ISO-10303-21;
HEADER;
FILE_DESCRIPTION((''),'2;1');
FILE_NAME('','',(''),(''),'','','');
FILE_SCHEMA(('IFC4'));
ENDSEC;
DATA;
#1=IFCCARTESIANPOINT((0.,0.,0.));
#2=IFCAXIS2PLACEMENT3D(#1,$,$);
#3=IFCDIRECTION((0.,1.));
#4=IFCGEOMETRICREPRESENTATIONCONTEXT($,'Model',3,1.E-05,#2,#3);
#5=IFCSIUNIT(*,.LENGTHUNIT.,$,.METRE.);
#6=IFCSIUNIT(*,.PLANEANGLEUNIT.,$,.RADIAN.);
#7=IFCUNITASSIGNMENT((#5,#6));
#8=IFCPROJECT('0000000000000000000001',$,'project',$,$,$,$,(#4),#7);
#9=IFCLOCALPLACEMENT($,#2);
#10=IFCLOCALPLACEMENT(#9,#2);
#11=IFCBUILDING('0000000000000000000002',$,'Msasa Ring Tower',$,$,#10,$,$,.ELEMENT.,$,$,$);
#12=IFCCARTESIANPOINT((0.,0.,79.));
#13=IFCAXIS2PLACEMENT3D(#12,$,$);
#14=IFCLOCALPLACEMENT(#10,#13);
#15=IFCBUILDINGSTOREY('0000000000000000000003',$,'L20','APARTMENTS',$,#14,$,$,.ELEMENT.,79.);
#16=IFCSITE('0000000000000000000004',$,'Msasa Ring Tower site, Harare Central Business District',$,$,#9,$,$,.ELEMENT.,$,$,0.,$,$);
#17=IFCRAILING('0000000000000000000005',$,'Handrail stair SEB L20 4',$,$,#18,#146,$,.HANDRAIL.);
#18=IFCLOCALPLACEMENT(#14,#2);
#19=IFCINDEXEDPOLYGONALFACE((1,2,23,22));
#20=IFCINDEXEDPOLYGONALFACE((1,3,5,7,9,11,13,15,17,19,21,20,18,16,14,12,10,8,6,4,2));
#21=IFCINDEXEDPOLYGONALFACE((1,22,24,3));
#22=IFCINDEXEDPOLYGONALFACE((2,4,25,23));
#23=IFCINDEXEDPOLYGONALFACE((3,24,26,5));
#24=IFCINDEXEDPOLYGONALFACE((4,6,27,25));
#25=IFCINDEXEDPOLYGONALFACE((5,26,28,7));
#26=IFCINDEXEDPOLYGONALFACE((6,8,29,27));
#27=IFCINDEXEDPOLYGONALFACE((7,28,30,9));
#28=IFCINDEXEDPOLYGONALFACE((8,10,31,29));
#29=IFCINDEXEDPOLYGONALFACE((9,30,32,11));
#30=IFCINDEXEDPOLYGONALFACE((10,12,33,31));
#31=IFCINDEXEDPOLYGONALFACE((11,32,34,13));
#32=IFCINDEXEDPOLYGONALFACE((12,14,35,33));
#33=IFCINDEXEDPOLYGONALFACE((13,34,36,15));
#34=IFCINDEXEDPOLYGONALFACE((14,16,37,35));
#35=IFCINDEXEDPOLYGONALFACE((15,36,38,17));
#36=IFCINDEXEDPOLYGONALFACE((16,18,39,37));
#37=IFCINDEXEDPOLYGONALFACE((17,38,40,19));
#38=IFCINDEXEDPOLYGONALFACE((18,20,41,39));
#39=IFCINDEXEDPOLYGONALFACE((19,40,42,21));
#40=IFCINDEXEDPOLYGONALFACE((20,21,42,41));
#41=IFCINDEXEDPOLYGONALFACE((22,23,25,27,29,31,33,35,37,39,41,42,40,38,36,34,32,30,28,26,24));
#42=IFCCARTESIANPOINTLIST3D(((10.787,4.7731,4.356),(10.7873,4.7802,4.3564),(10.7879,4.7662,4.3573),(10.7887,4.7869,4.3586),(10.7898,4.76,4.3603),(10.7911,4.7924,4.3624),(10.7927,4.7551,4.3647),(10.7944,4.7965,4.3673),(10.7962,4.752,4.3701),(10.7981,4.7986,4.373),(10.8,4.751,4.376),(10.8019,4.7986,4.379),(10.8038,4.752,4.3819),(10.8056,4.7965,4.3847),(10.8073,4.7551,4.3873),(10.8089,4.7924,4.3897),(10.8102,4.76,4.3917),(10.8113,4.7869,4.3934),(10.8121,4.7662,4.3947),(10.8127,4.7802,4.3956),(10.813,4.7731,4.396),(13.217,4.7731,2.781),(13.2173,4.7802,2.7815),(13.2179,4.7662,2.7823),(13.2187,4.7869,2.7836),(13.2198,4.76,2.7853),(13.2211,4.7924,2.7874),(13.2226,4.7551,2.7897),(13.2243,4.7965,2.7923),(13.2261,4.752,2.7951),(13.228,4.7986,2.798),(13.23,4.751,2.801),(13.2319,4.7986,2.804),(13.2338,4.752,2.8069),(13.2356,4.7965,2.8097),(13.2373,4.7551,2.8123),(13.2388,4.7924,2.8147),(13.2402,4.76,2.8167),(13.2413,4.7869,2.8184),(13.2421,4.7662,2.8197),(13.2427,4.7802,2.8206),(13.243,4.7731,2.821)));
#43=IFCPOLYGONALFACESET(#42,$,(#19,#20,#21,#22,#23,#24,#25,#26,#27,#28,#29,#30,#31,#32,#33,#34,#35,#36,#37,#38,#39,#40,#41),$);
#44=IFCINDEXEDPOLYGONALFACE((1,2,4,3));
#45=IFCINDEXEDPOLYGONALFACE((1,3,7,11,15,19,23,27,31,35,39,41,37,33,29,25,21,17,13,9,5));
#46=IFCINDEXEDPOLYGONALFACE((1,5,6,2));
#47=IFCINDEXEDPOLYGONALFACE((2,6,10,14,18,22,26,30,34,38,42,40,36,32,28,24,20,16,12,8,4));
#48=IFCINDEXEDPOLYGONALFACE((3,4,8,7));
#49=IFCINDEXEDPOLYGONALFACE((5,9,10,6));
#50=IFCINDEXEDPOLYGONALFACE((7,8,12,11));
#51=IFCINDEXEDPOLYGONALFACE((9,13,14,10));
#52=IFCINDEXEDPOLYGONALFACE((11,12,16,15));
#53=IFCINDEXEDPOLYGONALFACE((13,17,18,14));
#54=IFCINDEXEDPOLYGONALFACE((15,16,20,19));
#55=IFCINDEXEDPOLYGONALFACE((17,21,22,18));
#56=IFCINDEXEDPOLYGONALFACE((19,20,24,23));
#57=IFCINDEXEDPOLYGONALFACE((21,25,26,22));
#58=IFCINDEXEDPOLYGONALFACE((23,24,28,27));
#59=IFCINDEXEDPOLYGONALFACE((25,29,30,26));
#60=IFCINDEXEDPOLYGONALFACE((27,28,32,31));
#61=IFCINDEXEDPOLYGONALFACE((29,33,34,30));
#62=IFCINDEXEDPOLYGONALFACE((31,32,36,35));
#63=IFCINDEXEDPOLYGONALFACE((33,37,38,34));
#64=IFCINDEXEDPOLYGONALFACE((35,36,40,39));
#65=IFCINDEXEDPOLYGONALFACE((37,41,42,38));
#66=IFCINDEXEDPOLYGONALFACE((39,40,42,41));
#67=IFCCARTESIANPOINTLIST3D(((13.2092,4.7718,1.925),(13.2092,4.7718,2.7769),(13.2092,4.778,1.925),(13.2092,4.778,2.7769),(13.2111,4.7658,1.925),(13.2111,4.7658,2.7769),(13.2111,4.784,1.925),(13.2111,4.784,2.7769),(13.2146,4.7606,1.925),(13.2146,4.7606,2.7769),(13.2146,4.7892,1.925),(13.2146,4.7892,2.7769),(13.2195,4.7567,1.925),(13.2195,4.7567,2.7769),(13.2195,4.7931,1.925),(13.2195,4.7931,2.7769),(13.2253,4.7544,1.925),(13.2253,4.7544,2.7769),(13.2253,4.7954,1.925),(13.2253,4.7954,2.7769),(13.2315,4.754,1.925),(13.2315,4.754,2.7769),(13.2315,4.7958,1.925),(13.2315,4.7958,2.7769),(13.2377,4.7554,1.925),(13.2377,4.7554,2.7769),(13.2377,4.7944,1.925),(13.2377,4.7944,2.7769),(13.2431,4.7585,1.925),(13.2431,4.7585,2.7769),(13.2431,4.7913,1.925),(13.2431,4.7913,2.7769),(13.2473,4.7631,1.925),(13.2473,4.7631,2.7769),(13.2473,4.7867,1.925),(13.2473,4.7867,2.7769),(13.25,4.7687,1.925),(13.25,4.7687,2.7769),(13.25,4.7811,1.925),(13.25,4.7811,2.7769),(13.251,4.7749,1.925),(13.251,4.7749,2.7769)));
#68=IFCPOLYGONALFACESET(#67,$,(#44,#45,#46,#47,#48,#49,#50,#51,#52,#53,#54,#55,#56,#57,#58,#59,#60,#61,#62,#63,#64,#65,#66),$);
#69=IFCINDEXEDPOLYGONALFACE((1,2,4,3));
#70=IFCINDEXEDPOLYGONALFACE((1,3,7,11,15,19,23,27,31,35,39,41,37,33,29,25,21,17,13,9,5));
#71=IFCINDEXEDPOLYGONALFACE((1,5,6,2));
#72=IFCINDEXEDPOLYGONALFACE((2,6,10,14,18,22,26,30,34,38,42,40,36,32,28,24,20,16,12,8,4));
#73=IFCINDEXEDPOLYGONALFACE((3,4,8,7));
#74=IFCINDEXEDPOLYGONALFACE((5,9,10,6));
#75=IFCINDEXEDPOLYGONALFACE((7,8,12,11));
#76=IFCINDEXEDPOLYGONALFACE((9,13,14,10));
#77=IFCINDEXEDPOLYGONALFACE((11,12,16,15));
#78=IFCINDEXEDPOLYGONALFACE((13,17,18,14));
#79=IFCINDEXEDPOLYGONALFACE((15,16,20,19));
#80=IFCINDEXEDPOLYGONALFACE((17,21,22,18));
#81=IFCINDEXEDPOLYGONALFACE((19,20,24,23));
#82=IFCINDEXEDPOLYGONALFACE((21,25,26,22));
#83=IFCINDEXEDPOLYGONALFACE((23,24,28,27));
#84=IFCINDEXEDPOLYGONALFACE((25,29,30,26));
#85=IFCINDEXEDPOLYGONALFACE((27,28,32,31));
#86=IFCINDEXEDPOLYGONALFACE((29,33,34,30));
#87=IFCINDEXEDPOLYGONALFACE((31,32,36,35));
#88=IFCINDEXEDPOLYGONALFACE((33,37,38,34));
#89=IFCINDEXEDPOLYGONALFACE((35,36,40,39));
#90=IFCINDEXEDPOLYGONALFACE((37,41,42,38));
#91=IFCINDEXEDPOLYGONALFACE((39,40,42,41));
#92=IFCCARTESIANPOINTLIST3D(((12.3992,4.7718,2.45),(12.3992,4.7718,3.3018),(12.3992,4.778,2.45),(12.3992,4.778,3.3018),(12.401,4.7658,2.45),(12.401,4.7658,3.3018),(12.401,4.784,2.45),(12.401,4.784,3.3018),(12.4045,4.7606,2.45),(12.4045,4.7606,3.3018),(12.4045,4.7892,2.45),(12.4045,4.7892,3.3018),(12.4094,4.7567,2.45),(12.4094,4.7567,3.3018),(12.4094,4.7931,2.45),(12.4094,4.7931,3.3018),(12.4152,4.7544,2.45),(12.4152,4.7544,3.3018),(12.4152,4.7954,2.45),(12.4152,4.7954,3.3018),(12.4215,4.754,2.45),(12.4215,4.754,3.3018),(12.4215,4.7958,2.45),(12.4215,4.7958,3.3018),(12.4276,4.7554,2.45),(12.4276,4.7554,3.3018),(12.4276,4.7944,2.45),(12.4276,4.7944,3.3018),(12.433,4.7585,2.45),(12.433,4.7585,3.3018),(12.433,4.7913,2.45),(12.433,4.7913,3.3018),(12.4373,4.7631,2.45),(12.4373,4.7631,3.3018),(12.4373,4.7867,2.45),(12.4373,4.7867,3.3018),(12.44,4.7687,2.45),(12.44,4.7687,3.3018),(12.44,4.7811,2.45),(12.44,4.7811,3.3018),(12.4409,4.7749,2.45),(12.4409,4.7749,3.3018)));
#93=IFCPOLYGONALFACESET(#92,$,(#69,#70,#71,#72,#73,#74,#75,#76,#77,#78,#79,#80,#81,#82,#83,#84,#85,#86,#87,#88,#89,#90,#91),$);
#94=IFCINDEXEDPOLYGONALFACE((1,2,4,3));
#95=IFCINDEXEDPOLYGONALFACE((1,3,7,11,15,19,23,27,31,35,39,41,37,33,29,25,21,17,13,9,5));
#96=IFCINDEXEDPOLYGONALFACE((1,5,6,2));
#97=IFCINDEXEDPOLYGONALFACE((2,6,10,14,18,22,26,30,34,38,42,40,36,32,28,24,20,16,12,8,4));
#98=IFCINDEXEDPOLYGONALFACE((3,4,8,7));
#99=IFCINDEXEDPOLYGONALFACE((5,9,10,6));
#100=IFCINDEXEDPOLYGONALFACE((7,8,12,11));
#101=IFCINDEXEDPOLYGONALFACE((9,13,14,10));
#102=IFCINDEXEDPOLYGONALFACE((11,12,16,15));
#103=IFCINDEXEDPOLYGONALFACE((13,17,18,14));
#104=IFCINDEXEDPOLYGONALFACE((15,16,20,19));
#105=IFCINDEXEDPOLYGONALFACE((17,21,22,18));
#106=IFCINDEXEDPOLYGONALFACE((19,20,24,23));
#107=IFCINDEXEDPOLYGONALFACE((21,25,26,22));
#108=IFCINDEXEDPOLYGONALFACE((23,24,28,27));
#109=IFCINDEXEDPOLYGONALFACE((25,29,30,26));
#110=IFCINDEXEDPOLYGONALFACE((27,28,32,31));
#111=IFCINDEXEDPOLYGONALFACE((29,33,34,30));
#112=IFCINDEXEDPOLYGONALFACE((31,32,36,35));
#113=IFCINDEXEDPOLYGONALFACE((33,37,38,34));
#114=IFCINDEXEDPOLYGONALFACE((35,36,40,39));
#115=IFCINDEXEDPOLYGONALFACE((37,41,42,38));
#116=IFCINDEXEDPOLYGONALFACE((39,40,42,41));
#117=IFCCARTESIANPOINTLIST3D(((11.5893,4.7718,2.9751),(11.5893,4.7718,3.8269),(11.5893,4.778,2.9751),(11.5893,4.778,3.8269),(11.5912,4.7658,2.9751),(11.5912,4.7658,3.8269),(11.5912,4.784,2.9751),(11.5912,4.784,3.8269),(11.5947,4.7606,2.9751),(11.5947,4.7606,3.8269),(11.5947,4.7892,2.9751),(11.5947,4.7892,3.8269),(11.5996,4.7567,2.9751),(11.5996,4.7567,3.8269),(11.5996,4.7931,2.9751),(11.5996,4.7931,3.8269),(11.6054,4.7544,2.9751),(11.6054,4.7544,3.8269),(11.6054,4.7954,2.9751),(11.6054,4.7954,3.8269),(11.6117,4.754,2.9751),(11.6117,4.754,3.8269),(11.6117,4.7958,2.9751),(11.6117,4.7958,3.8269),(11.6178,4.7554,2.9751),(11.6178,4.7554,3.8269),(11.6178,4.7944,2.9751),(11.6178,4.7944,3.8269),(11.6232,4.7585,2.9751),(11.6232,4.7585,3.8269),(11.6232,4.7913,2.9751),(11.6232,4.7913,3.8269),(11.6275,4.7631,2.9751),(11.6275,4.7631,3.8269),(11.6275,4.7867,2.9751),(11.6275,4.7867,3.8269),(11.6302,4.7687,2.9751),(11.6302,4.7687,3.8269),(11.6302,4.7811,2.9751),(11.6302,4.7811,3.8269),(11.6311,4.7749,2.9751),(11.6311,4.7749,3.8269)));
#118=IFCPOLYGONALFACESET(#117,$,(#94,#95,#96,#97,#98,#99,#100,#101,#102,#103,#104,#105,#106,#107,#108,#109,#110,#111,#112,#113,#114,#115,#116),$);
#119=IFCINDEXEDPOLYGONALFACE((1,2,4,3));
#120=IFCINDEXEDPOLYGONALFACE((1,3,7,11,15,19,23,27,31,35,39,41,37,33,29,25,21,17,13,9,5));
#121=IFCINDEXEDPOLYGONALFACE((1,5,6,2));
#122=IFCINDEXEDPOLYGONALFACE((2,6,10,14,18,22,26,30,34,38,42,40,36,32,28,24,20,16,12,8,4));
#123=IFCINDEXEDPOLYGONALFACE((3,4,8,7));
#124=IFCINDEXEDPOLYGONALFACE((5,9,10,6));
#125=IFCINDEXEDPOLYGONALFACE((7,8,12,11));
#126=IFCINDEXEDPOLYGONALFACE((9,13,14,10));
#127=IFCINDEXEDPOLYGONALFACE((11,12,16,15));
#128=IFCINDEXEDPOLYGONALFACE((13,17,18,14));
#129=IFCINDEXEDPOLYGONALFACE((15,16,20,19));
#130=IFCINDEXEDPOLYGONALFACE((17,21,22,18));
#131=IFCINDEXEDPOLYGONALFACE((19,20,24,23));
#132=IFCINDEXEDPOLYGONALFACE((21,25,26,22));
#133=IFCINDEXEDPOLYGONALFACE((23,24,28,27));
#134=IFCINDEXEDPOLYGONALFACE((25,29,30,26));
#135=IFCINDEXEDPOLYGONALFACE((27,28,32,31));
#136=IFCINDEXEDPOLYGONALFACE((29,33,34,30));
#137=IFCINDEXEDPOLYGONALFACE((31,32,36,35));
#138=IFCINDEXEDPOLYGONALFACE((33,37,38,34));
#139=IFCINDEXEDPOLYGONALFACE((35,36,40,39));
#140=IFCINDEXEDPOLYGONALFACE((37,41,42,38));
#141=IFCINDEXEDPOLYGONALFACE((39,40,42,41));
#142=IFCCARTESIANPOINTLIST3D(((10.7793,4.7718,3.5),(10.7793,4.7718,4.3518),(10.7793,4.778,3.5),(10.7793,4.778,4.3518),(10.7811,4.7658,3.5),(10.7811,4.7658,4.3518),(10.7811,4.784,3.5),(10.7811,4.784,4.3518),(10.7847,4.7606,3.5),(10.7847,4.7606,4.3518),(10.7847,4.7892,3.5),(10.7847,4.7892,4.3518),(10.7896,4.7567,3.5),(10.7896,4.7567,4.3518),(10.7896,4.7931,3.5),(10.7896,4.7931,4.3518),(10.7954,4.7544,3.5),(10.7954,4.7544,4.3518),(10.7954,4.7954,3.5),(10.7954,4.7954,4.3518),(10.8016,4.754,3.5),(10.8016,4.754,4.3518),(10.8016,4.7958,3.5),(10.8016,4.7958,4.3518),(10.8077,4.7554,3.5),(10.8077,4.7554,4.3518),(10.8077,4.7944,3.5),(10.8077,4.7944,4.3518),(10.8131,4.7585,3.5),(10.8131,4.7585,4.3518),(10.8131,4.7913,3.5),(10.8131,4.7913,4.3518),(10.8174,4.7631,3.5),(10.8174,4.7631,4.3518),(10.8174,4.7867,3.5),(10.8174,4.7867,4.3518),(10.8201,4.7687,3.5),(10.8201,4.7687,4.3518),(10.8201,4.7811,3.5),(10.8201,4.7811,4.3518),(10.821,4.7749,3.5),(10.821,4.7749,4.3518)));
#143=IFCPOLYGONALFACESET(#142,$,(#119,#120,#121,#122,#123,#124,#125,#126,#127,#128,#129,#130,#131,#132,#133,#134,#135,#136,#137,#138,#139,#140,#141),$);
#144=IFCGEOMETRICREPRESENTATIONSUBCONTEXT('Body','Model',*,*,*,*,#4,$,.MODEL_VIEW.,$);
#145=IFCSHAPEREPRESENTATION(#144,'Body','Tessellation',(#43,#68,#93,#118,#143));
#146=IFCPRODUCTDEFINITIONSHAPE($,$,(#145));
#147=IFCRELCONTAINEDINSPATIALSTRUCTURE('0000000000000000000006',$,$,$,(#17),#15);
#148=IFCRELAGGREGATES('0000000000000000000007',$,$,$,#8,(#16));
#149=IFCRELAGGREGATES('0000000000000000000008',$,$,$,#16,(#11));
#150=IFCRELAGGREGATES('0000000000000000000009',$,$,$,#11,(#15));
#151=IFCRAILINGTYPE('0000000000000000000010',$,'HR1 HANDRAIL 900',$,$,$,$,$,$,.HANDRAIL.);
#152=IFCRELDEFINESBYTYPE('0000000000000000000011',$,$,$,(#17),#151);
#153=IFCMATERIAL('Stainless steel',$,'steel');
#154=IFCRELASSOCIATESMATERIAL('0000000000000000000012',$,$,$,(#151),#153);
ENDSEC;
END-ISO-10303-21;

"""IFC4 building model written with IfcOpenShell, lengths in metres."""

from ifc_helpers import new_model, si_unit, direction, frame, origin, origin_2d, place, context, subcontext, project, spatial, circle, extrude, material, type_object, element, save


model = new_model("IFC4")

# Units and contexts
model_context = context("Model", 3, precision=1e-05, world=origin(), true_north=direction((0.0, 1.0)))
body_context = subcontext(model_context, "Body", "Model", "MODEL_VIEW")
ifc_project = project(units=[si_unit("LENGTHUNIT", "METRE"), si_unit("PLANEANGLEUNIT", "RADIAN")], contexts=[model_context])

# Site, building, storey
site_placement = place(None, origin())
site = spatial("IfcSite", under=ifc_project, at=site_placement, Name="Msasa Ring Tower site, Harare Central Business District", CompositionType="ELEMENT", RefElevation=0.0)
building_placement = place(site_placement, origin())
building = spatial("IfcBuilding", under=site, at=building_placement, Name="Msasa Ring Tower", CompositionType="ELEMENT")
storey_placement = place(building_placement, frame((0.0, 0.0, 79.0)))
storey = spatial("IfcBuildingStorey", under=building, at=storey_placement, Name="L20", Description="APARTMENTS", CompositionType="ELEMENT", Elevation=79.0)

# Railing
ifc_material_1 = material(Name="Stainless steel", Category="steel")
railing_type = type_object("IfcRailingType", Name="HR1 HANDRAIL 900", PredefinedType="HANDRAIL", material=ifc_material_1)
for number, where, name in (
    (1, (13.23, 4.7749, 1.925), "Handrail stair SEB L20 4"),
):
    element("IfcRailing", number, at=place(storey_placement, frame(where)), inside=storey, type_object=railing_type, Name=name, PredefinedType="HANDRAIL", context=body_context, shape_type="SweptSolid", body=[
        extrude(circle(Radius=0.0239, at=origin_2d()), frame((0.0, 0.0, 0.876), z_axis=(-0.839154, 0.0, 0.543894), x_axis=(0.0, -1.0, 0.0)), (0.0, 0.0, 1.0), 2.8958),
        extrude(circle(Radius=0.021, at=origin_2d()), origin(), (0.0, 0.0, 1.0), 0.8518),
        extrude(circle(Radius=0.021, at=origin_2d()), frame((-0.8101, 0.0, 0.5249)), (0.0, 0.0, 1.0), 0.8518),
        extrude(circle(Radius=0.021, at=origin_2d()), frame((-1.6199, 0.0, 1.05)), (0.0, 0.0, 1.0), 0.8518),
        extrude(circle(Radius=0.021, at=origin_2d()), frame((-2.4299, 0.0, 1.575)), (0.0, 0.0, 1.0), 0.8518),
    ])

save(model, "model.ifc")
